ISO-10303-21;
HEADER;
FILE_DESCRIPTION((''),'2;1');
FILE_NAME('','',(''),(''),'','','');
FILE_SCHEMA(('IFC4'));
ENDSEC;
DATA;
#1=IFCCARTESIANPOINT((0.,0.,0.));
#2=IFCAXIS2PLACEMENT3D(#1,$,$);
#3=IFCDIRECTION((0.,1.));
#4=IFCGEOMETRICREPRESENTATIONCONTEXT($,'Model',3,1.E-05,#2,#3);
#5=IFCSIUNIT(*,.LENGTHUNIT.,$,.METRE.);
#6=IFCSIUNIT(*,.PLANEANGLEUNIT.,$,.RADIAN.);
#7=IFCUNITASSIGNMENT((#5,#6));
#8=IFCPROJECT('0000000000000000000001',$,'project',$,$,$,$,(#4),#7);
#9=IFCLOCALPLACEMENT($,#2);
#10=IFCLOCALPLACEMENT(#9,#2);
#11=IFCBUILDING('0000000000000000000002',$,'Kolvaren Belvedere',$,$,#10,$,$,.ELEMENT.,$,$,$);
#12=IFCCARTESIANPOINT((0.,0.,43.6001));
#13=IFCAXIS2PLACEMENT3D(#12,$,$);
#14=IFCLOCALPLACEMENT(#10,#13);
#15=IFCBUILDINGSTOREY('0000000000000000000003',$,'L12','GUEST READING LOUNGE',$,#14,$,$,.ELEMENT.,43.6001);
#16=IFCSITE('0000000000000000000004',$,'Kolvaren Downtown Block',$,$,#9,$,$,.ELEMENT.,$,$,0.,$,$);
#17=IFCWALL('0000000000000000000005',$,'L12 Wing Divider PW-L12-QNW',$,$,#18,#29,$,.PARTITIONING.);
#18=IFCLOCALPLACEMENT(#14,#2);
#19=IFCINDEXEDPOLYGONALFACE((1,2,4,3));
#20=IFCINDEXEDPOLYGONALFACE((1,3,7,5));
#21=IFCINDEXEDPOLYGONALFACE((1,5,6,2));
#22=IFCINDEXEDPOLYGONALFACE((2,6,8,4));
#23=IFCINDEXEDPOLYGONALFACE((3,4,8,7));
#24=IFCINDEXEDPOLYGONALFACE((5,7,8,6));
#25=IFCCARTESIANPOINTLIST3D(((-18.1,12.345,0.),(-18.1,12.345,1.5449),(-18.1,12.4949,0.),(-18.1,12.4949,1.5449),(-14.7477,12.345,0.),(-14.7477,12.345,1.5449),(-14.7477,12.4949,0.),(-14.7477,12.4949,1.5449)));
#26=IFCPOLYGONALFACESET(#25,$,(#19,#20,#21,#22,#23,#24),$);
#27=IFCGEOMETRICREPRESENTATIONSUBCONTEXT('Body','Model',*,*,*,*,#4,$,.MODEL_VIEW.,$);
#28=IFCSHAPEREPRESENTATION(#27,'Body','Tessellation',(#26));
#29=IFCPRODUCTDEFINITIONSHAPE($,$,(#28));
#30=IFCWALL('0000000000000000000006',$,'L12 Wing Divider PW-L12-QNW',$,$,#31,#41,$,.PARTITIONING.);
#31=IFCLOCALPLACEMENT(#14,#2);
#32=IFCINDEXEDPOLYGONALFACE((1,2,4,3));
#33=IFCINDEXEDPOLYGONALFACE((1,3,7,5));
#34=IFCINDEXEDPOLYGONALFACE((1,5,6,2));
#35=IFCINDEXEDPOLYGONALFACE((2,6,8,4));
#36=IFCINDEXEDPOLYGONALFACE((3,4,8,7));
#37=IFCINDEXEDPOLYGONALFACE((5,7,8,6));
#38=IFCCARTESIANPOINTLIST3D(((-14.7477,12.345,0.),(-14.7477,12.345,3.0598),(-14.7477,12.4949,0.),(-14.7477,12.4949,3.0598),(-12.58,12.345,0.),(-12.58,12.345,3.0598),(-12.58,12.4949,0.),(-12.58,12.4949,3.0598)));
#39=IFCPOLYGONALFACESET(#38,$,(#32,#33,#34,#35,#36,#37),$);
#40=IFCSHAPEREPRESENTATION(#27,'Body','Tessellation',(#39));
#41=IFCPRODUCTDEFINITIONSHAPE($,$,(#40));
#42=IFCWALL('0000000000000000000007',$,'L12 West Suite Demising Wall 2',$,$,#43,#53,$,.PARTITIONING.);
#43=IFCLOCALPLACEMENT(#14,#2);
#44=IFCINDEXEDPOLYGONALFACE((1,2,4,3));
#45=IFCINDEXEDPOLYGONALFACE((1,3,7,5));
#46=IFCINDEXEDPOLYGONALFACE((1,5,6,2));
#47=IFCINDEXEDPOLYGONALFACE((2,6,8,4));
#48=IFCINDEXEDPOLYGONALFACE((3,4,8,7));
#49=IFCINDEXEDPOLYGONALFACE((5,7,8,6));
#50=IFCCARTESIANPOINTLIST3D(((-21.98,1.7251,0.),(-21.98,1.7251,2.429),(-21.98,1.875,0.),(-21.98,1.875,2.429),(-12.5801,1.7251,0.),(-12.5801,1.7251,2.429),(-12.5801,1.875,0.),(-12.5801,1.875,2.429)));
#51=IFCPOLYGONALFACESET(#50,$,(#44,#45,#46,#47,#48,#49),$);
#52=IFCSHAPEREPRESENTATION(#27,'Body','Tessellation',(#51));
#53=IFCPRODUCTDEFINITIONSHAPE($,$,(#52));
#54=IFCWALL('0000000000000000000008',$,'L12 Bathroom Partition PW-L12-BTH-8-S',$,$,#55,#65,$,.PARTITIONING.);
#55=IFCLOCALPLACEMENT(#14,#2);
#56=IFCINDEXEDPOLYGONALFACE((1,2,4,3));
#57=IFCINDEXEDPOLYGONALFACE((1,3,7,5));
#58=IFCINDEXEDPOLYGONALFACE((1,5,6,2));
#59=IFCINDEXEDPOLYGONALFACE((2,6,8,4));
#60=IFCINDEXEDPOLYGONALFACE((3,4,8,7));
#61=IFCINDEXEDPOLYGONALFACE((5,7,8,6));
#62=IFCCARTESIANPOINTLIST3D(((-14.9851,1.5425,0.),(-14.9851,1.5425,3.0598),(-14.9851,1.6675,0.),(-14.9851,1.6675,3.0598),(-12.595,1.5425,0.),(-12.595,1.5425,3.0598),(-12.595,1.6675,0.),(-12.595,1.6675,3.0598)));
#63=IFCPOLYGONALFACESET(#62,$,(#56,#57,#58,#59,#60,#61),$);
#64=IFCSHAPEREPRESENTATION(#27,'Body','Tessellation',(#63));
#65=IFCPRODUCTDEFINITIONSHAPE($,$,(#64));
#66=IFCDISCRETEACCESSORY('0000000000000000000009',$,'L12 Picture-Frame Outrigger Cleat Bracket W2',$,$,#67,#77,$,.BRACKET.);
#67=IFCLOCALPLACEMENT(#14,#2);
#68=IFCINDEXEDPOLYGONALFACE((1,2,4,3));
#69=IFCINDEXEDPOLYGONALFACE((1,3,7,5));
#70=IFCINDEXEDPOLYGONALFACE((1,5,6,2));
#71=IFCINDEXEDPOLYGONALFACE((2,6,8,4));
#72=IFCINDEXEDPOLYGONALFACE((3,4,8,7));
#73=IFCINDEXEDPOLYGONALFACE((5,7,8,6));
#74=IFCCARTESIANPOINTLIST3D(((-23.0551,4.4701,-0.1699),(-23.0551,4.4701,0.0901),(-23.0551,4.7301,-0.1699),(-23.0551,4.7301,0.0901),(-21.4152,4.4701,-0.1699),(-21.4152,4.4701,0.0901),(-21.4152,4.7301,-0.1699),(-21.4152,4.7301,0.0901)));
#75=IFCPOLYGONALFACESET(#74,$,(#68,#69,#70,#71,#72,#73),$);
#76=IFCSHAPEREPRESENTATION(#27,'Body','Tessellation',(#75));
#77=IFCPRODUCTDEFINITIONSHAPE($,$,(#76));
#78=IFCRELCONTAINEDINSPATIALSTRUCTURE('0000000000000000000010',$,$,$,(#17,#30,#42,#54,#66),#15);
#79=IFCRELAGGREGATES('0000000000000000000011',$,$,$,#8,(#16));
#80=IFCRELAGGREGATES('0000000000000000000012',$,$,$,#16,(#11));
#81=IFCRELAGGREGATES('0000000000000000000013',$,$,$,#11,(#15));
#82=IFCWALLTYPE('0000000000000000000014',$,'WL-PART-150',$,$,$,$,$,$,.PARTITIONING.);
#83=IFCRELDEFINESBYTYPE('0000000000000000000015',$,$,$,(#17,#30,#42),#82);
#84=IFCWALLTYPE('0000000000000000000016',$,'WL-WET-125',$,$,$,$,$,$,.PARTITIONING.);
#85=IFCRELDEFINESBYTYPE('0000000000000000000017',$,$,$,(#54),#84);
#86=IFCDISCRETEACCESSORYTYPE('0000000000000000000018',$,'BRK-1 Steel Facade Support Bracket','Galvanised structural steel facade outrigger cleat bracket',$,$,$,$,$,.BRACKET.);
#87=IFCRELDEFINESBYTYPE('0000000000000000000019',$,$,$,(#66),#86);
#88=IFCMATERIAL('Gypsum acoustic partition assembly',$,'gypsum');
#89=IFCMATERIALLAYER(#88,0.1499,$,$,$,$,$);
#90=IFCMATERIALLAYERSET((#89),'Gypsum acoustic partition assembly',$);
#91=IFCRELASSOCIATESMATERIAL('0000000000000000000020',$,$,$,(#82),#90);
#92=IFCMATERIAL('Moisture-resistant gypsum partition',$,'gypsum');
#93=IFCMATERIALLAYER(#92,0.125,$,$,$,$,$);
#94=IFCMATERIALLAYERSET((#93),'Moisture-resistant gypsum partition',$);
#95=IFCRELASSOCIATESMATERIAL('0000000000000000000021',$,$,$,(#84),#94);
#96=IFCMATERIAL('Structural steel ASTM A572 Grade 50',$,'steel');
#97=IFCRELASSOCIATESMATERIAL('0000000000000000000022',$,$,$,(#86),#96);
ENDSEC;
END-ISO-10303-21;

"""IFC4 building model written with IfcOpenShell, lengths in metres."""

from ifc_helpers import new_model, si_unit, direction, frame, frame_2d, origin, origin_2d, place, context, subcontext, project, spatial, rectangle, extrude, material, layer, layer_set, type_object, element, save


model = new_model("IFC4")

# Units and contexts
model_context = context("Model", 3, precision=1e-05, world=origin(), true_north=direction((0.0, 1.0)))
body_context = subcontext(model_context, "Body", "Model", "MODEL_VIEW")
ifc_project = project(units=[si_unit("LENGTHUNIT", "METRE"), si_unit("PLANEANGLEUNIT", "RADIAN")], contexts=[model_context])

# Site, building, storey
site_placement = place(None, origin())
site = spatial("IfcSite", under=ifc_project, at=site_placement, Name="Kolvaren Downtown Block", CompositionType="ELEMENT", RefElevation=0.0)
building_placement = place(site_placement, origin())
building = spatial("IfcBuilding", under=site, at=building_placement, Name="Kolvaren Belvedere", CompositionType="ELEMENT")
storey_placement = place(building_placement, frame((0.0, 0.0, 43.6001)))
storey = spatial("IfcBuildingStorey", under=building, at=storey_placement, Name="L12", Description="GUEST READING LOUNGE", CompositionType="ELEMENT", Elevation=43.6001)

# Walls
ifc_material_1 = material(Name="Gypsum acoustic partition assembly", Category="gypsum")
ifc_layer_1 = layer(ifc_material_1, 0.1499)
ifc_layer_set_1 = layer_set([ifc_layer_1], Name="Gypsum acoustic partition assembly")
wall_type_1 = type_object("IfcWallType", Name="WL-PART-150", PredefinedType="PARTITIONING", material=ifc_layer_set_1)
wall_1_placement = place(storey_placement, frame((-18.1001, 12.4199, 0.0), z_axis=(0.0, 0.0, 1.0), x_axis=(1.0, 0.0, 0.0)))
element("IfcWall", 1, at=wall_1_placement, inside=storey, type_object=wall_type_1, Name="L12 Wing Divider PW-L12-QNW", PredefinedType="PARTITIONING", context=body_context, shape_type="SweptSolid", body=[
    extrude(rectangle(XDim=3.3523, YDim=0.1499, at=frame_2d((1.6763, 0.0))), origin(), (0.0, 0.0, 1.0), 1.5449),
])
wall_2_placement = place(storey_placement, frame((-14.7478, 12.4199, 0.0), z_axis=(0.0, 0.0, 1.0), x_axis=(1.0, 0.0, 0.0)))
element("IfcWall", 2, at=wall_2_placement, inside=storey, type_object=wall_type_1, Name="L12 Wing Divider PW-L12-QNW", PredefinedType="PARTITIONING", context=body_context, shape_type="SweptSolid", body=[
    extrude(rectangle(XDim=2.1677, YDim=0.1499, at=frame_2d((1.084, 0.0))), origin(), (0.0, 0.0, 1.0), 3.0598),
])
wall_3_placement = place(storey_placement, frame((-21.98, 1.8, 0.0), z_axis=(0.0, 0.0, 1.0), x_axis=(1.0, 0.0, 0.0)))
element("IfcWall", 3, at=wall_3_placement, inside=storey, type_object=wall_type_1, Name="L12 West Suite Demising Wall 2", PredefinedType="PARTITIONING", context=body_context, shape_type="SweptSolid", body=[
    extrude(rectangle(XDim=9.3999, YDim=0.1499, at=frame_2d((4.7, 0.0))), origin(), (0.0, 0.0, 1.0), 2.429),
])
ifc_material_2 = material(Name="Moisture-resistant gypsum partition", Category="gypsum")
ifc_layer_2 = layer(ifc_material_2, 0.125)
ifc_layer_set_2 = layer_set([ifc_layer_2], Name="Moisture-resistant gypsum partition")
wall_type_2 = type_object("IfcWallType", Name="WL-WET-125", PredefinedType="PARTITIONING", material=ifc_layer_set_2)
wall_4_placement = place(storey_placement, frame((-14.9851, 1.605, 0.0), z_axis=(0.0, 0.0, 1.0), x_axis=(1.0, 0.0, 0.0)))
element("IfcWall", 4, at=wall_4_placement, inside=storey, type_object=wall_type_2, Name="L12 Bathroom Partition PW-L12-BTH-8-S", PredefinedType="PARTITIONING", context=body_context, shape_type="SweptSolid", body=[
    extrude(rectangle(XDim=2.3901, YDim=0.125, at=frame_2d((1.1951, 0.0))), origin(), (0.0, 0.0, 1.0), 3.0598),
])

# Discrete accessory
ifc_material_3 = material(Name="Structural steel ASTM A572 Grade 50", Category="steel")
discrete_accessory_type = type_object("IfcDiscreteAccessoryType", Name="BRK-1 Steel Facade Support Bracket", Description="Galvanised structural steel facade outrigger cleat bracket", PredefinedType="BRACKET", material=ifc_material_3)
discrete_accessory_placement = place(storey_placement, frame((-22.2351, 4.6001, -0.1699), z_axis=(0.0, 0.0, 1.0), x_axis=(1.0, 0.0, 0.0)))
element("IfcDiscreteAccessory", 5, at=discrete_accessory_placement, inside=storey, type_object=discrete_accessory_type, Name="L12 Picture-Frame Outrigger Cleat Bracket W2", PredefinedType="BRACKET", context=body_context, shape_type="SweptSolid", body=[
    extrude(rectangle(XDim=1.6399, YDim=0.26, at=origin_2d()), origin(), (0.0, 0.0, 1.0), 0.26),
])

save(model, "model.ifc")
